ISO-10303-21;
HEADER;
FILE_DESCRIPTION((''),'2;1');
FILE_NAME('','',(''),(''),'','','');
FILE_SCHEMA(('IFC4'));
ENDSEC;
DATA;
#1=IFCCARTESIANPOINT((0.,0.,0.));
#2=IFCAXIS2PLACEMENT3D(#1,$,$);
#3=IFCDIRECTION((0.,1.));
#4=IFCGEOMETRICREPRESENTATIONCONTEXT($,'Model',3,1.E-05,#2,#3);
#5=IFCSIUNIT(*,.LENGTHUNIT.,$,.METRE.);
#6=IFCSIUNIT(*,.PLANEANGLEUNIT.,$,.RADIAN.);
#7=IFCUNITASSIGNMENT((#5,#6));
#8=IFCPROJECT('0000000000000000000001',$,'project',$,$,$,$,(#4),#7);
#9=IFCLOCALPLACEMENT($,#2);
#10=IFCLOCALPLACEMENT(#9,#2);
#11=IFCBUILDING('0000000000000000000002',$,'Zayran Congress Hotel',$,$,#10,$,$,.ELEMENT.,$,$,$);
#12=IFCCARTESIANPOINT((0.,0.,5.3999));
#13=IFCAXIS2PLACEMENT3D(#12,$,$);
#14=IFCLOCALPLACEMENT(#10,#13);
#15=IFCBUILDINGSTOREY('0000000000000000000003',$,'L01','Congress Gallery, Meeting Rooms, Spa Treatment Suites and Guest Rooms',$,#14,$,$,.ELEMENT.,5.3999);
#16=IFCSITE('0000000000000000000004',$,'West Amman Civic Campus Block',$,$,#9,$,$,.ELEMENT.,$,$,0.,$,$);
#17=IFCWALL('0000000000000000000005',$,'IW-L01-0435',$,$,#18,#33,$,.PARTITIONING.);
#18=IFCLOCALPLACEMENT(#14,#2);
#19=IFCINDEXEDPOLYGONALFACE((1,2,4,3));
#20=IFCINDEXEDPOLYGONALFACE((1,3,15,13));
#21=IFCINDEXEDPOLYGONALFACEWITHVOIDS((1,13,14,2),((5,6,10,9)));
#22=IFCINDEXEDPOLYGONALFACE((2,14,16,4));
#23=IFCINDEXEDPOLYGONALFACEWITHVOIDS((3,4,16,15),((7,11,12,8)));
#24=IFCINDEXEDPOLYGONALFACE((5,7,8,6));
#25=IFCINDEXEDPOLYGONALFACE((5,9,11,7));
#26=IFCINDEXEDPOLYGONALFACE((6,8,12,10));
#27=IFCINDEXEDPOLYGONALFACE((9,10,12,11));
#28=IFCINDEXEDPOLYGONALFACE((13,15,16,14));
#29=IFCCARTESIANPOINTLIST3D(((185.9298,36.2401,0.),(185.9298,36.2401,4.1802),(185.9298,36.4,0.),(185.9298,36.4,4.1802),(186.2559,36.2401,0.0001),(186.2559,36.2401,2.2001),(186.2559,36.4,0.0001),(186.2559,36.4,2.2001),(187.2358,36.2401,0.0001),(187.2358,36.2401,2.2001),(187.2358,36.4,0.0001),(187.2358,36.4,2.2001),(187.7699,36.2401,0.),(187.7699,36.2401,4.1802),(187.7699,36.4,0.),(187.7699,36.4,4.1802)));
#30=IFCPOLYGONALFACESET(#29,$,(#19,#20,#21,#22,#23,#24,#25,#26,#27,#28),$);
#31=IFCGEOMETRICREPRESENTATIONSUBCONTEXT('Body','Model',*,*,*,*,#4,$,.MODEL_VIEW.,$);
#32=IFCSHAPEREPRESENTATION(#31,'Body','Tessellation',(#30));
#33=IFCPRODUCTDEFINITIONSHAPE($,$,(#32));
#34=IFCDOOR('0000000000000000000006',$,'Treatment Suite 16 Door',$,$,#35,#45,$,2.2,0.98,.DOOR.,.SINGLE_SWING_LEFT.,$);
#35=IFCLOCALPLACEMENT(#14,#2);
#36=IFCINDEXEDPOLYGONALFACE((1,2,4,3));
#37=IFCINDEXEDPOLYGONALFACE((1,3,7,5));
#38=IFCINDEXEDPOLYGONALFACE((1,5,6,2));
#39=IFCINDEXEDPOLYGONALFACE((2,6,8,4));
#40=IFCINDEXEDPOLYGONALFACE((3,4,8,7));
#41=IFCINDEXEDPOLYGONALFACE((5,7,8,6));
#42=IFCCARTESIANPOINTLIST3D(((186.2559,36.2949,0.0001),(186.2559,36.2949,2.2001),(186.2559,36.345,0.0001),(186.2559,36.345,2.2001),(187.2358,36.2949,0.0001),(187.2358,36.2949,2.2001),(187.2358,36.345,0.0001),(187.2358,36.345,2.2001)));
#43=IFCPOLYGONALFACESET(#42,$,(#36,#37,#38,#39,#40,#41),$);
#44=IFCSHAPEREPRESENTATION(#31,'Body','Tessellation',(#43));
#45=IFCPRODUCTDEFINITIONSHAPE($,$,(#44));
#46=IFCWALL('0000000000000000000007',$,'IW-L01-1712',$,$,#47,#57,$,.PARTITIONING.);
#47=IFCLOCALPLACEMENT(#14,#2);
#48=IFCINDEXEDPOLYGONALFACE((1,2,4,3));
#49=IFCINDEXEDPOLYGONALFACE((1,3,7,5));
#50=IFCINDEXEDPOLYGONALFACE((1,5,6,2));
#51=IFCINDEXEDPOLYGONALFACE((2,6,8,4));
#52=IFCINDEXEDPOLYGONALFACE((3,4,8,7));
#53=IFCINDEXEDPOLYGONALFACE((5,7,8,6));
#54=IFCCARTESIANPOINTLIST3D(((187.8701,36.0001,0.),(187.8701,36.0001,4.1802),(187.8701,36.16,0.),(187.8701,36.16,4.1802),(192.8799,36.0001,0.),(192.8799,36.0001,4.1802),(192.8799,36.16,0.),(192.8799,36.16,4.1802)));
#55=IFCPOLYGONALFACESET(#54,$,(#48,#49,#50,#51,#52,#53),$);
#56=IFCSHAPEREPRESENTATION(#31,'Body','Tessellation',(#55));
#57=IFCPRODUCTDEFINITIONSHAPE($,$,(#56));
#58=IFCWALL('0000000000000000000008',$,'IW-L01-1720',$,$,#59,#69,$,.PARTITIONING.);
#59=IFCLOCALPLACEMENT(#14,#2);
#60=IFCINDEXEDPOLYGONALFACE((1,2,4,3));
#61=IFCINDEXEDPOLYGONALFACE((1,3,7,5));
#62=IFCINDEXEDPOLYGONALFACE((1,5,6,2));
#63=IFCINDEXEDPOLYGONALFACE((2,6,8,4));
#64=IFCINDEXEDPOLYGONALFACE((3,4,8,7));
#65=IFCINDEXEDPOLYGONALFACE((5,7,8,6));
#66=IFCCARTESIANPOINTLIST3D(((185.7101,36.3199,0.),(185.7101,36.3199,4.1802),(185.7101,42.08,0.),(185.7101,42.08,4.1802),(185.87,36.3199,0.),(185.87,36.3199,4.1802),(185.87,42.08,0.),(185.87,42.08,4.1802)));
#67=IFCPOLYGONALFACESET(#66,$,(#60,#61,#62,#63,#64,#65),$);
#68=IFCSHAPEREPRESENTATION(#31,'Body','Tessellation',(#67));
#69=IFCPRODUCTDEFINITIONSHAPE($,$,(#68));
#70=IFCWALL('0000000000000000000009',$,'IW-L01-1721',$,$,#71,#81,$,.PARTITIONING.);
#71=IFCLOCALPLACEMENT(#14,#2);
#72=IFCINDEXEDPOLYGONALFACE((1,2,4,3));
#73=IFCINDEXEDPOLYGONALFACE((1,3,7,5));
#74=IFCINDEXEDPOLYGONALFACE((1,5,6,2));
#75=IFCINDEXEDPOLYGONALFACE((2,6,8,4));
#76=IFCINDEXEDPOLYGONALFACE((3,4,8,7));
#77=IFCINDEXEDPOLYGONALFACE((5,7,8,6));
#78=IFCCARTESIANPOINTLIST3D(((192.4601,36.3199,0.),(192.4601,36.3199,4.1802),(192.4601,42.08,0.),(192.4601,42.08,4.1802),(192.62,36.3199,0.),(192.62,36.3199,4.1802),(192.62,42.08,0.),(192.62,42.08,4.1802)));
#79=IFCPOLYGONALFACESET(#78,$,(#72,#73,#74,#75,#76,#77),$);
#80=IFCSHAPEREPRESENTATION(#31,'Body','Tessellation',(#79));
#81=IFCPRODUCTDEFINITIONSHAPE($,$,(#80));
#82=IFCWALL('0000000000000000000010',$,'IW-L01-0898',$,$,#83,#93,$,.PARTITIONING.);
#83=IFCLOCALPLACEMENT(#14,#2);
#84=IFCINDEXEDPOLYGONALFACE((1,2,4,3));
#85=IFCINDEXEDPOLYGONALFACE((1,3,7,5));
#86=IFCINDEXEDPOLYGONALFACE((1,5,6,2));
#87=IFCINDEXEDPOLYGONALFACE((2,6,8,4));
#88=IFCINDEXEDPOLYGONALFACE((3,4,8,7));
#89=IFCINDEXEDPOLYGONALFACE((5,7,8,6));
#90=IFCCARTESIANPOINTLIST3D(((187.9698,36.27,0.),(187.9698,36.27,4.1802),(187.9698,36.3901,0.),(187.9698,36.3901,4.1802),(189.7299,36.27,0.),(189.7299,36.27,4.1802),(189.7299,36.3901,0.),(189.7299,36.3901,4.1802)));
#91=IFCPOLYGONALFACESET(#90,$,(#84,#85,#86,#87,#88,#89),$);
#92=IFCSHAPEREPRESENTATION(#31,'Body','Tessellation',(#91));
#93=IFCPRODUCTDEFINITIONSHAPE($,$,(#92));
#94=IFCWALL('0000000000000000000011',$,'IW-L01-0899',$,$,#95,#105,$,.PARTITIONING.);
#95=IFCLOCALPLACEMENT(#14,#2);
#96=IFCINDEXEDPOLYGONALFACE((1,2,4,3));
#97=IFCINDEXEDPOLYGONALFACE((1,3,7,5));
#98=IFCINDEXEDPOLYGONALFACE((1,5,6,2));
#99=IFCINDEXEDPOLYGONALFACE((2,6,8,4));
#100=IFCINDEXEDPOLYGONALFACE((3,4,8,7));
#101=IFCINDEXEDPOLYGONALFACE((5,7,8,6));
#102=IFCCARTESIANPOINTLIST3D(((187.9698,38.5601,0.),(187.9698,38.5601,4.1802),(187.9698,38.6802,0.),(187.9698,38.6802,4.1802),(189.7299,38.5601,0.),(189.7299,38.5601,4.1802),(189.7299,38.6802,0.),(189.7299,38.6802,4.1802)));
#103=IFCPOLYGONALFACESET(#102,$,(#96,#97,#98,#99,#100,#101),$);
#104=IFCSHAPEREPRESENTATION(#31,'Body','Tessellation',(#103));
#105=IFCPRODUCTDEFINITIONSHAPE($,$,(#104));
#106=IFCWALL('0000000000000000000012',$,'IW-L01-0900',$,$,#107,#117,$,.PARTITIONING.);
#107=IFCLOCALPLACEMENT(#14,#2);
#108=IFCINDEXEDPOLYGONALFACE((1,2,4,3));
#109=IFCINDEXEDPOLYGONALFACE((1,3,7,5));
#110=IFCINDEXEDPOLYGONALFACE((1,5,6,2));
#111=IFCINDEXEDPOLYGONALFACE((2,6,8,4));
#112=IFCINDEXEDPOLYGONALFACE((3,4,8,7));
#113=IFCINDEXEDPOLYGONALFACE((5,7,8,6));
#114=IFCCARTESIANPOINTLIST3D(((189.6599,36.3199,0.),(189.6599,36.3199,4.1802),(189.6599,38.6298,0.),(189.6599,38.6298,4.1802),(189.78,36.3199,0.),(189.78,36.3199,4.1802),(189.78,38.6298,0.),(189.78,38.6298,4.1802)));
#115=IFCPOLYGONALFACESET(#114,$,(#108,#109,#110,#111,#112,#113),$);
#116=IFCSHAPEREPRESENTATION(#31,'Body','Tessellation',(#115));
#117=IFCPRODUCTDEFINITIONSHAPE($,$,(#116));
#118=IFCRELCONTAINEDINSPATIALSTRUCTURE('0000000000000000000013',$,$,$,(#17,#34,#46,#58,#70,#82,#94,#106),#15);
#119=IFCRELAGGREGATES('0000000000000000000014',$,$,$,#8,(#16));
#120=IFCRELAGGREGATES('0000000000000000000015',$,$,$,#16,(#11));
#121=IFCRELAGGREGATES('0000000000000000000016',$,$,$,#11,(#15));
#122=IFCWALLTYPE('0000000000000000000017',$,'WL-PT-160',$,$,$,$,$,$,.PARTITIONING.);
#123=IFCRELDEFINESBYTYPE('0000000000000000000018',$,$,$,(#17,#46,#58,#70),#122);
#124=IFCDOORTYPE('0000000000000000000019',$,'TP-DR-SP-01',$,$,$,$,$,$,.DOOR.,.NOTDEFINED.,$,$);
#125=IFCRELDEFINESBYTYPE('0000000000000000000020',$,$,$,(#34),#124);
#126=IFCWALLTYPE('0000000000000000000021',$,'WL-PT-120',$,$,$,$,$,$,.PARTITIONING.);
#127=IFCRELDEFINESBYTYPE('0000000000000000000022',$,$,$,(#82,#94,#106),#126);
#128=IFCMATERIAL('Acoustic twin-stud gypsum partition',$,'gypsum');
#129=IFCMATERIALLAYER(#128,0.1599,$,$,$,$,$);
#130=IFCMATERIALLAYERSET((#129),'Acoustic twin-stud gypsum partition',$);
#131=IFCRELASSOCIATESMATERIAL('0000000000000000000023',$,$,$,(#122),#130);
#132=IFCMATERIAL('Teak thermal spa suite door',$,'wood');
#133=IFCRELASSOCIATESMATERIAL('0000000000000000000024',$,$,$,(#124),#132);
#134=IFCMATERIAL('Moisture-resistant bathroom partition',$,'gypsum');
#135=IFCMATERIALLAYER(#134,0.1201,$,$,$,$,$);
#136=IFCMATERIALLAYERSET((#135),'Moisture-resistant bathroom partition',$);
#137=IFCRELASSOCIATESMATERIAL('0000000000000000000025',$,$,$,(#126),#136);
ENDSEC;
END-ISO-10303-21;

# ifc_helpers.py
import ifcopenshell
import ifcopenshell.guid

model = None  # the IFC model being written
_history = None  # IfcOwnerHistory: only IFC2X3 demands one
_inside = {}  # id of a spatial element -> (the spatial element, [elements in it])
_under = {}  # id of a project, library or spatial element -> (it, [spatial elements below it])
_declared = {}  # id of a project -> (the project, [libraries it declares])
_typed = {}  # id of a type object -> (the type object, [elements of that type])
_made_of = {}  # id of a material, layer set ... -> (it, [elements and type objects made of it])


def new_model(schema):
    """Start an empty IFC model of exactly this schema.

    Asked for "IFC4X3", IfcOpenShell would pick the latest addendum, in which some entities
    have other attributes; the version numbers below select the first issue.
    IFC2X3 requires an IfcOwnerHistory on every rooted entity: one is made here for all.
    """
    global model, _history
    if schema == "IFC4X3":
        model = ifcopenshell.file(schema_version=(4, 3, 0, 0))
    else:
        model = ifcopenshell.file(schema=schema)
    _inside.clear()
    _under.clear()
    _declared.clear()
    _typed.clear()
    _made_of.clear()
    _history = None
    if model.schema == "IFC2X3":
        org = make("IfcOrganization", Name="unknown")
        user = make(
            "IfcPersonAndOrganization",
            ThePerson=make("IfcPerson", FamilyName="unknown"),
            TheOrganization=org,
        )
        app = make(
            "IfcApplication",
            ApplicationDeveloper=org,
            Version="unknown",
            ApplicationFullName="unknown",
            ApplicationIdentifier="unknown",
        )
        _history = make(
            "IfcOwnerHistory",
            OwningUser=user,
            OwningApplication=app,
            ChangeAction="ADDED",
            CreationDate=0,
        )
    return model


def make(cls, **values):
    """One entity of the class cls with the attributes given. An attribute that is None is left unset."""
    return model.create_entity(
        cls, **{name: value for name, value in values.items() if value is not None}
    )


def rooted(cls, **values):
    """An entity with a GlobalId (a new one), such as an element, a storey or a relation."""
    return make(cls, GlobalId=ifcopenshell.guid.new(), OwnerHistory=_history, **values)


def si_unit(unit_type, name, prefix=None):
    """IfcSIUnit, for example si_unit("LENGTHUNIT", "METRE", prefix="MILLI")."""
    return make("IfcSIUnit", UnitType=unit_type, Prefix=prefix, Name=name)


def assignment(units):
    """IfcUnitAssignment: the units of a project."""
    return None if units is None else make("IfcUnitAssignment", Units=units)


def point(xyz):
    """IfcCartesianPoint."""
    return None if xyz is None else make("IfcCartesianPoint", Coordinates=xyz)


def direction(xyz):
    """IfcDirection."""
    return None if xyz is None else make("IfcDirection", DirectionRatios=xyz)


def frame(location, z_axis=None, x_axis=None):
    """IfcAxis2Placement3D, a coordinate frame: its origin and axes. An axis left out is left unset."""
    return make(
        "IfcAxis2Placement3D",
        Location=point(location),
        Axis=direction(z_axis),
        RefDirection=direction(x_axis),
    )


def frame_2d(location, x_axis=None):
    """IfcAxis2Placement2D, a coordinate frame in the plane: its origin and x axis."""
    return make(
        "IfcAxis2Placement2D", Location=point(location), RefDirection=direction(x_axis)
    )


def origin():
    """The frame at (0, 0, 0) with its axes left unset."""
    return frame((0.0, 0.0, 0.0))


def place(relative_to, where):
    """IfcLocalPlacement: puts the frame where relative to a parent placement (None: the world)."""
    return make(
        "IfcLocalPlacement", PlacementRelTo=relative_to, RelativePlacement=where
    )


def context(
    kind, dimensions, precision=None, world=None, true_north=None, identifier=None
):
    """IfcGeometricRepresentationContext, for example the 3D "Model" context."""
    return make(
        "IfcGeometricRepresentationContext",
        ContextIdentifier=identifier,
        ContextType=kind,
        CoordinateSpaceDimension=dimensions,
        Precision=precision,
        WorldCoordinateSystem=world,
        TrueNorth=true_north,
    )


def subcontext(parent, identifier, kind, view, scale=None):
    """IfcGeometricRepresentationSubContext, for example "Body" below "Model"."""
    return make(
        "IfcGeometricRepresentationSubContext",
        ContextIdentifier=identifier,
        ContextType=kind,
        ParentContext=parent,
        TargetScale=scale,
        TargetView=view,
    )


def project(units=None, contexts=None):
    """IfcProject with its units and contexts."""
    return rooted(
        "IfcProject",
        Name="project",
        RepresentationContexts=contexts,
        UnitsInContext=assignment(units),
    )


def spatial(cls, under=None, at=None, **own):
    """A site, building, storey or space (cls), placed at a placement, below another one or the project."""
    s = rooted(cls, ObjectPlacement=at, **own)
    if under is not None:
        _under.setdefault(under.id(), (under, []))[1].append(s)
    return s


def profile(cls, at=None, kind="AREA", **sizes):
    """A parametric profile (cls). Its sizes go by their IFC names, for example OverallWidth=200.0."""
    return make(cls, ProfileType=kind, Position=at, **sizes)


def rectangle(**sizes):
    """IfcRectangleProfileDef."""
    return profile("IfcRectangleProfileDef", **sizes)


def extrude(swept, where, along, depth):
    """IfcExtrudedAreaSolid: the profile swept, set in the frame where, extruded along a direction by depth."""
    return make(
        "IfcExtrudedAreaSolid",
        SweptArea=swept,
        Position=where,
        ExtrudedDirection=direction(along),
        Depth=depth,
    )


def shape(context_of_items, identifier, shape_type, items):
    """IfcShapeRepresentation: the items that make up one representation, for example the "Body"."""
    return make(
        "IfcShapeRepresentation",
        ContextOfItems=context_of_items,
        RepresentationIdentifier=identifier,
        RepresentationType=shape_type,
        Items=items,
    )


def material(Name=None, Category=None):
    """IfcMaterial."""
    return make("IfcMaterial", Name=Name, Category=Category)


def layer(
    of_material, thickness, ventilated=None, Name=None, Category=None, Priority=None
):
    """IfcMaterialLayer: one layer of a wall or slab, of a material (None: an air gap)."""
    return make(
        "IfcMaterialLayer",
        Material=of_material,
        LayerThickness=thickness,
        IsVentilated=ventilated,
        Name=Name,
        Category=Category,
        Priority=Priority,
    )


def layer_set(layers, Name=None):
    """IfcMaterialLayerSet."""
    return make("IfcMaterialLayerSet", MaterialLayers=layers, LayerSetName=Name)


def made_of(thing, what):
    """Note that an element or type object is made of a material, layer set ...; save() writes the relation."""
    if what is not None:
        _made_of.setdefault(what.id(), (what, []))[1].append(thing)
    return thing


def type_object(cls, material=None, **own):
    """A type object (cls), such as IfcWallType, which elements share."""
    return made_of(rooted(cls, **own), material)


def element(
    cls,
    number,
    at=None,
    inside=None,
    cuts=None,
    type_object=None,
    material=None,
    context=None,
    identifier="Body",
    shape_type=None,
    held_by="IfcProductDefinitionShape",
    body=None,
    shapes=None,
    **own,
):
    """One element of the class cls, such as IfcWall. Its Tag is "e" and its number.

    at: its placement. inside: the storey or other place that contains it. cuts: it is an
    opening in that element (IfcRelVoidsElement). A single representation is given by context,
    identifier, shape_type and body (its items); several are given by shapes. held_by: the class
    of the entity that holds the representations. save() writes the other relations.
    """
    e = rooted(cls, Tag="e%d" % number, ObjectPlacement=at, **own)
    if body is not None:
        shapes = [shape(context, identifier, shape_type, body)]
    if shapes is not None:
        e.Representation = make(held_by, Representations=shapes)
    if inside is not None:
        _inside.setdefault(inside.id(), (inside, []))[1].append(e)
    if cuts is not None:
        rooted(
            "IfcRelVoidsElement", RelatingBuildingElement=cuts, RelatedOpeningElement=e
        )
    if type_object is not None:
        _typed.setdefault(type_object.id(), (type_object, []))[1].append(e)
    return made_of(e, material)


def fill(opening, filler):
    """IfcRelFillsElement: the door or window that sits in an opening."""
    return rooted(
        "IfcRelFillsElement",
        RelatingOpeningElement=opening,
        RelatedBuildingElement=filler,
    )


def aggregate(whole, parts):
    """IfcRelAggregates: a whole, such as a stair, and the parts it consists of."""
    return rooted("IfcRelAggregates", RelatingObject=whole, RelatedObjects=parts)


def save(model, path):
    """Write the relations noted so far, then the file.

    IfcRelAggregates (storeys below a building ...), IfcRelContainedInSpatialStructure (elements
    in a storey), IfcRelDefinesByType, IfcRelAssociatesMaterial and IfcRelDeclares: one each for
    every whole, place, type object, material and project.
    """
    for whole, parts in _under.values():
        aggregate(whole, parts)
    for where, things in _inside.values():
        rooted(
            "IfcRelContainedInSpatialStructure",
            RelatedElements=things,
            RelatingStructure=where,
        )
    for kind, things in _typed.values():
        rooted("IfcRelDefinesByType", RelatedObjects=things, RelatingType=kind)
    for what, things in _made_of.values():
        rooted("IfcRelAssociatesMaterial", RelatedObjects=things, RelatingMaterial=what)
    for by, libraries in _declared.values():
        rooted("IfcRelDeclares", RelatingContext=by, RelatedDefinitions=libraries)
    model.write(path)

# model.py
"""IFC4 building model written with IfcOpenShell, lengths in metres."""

from ifc_helpers import new_model, si_unit, direction, frame, frame_2d, origin, place, context, subcontext, project, spatial, rectangle, extrude, material, layer, layer_set, type_object, element, fill, save


model = new_model("IFC4")

# Units and contexts
model_context = context("Model", 3, precision=1e-05, world=origin(), true_north=direction((0.0, 1.0)))
body_context = subcontext(model_context, "Body", "Model", "MODEL_VIEW")
ifc_project = project(units=[si_unit("LENGTHUNIT", "METRE"), si_unit("PLANEANGLEUNIT", "RADIAN")], contexts=[model_context])

# Site, building, storey
site_placement = place(None, origin())
site = spatial("IfcSite", under=ifc_project, at=site_placement, Name="West Amman Civic Campus Block", CompositionType="ELEMENT", RefElevation=0.0)
building_placement = place(site_placement, origin())
building = spatial("IfcBuilding", under=site, at=building_placement, Name="Zayran Congress Hotel", CompositionType="ELEMENT")
storey_placement = place(building_placement, frame((0.0, 0.0, 5.3999)))
storey = spatial("IfcBuildingStorey", under=building, at=storey_placement, Name="L01", Description="Congress Gallery, Meeting Rooms, Spa Treatment Suites and Guest Rooms", CompositionType="ELEMENT", Elevation=5.3999)

# Wall, opening, door
ifc_material_1 = material(Name="Acoustic twin-stud gypsum partition", Category="gypsum")
ifc_layer_1 = layer(ifc_material_1, 0.1599)
ifc_layer_set_1 = layer_set([ifc_layer_1], Name="Acoustic twin-stud gypsum partition")
wall_type_1 = type_object("IfcWallType", Name="WL-PT-160", PredefinedType="PARTITIONING", material=ifc_layer_set_1)
wall_1_placement = place(storey_placement, frame((185.9299, 36.3201, 0.0), z_axis=(0.0, 0.0, 1.0), x_axis=(1.0, 0.0, 0.0)))
wall_1 = element("IfcWall", 1, at=wall_1_placement, inside=storey, type_object=wall_type_1, Name="IW-L01-0435", PredefinedType="PARTITIONING", context=body_context, shape_type="SweptSolid", body=[
    extrude(rectangle(XDim=1.8401, YDim=0.1599, at=frame_2d((0.9199, 0.0))), origin(), (0.0, 0.0, 1.0), 4.1802),
])
opening_1_placement = place(wall_1_placement, frame((0.3259, 0.0, 0.0)))
opening_1 = element("IfcOpeningElement", 2, at=opening_1_placement, cuts=wall_1, PredefinedType="OPENING", context=body_context, shape_type="SweptSolid", body=[
    extrude(rectangle(XDim=0.98, YDim=2.2, at=frame_2d((0.49, 1.1001))), frame((0.0, 0.0898, 0.0), z_axis=(0.0, -1.0, 0.0), x_axis=(1.0, 0.0, 0.0)), (0.0, 0.0, 1.0), 0.1799),
])
ifc_material_2 = material(Name="Teak thermal spa suite door", Category="wood")
door_type_1 = type_object("IfcDoorType", Name="TP-DR-SP-01", OperationType="NOTDEFINED", PredefinedType="DOOR", material=ifc_material_2)
door_1_placement = place(opening_1_placement, origin())
door_1 = element("IfcDoor", 3, at=door_1_placement, inside=storey, type_object=door_type_1, Name="Treatment Suite 16 Door", OperationType="SINGLE_SWING_LEFT", OverallHeight=2.2, OverallWidth=0.98, PredefinedType="DOOR", context=body_context, shape_type="SweptSolid", body=[
    extrude(rectangle(XDim=0.98, YDim=2.2, at=frame_2d((0.49, 1.1001))), frame((0.0, 0.0249, 0.0), z_axis=(0.0, -1.0, 0.0), x_axis=(1.0, 0.0, 0.0)), (0.0, 0.0, 1.0), 0.05),
])
fill(opening_1, door_1)

# Walls
wall_2_placement = place(storey_placement, frame((187.8701, 36.0801, 0.0), z_axis=(0.0, 0.0, 1.0), x_axis=(1.0, 0.0, 0.0)))
element("IfcWall", 4, at=wall_2_placement, inside=storey, type_object=wall_type_1, Name="IW-L01-1712", PredefinedType="PARTITIONING", context=body_context, shape_type="SweptSolid", body=[
    extrude(rectangle(XDim=5.0098, YDim=0.1599, at=frame_2d((2.5049, 0.0))), origin(), (0.0, 0.0, 1.0), 4.1802),
])
for number, where, z_axis, x_axis, name in (
    (5, (185.79, 36.3201, 0.0), (0.0, 0.0, 1.0), (0.0, 1.0, 0.0), "IW-L01-1720"),
    (6, (192.54, 36.3201, 0.0), (0.0, 0.0, 1.0), (0.0, 1.0, 0.0), "IW-L01-1721"),
):
    element("IfcWall", number, at=place(storey_placement, frame(where, z_axis=z_axis, x_axis=x_axis)), inside=storey, type_object=wall_type_1, Name=name, PredefinedType="PARTITIONING", context=body_context, shape_type="SweptSolid", body=[
        extrude(rectangle(XDim=5.76, YDim=0.1599, at=frame_2d((2.8799, 0.0))), origin(), (0.0, 0.0, 1.0), 4.1802),
    ])

# Shared definitions
ifc_material_3 = material(Name="Moisture-resistant bathroom partition", Category="gypsum")
ifc_layer_2 = layer(ifc_material_3, 0.1201)
ifc_layer_set_2 = layer_set([ifc_layer_2], Name="Moisture-resistant bathroom partition")
wall_type_2 = type_object("IfcWallType", Name="WL-PT-120", PredefinedType="PARTITIONING", material=ifc_layer_set_2)

# Walls
for number, where, z_axis, x_axis, name in (
    (7, (187.97, 36.3301, 0.0), (0.0, 0.0, 1.0), (1.0, 0.0, 0.0), "IW-L01-0898"),
    (8, (187.97, 38.6201, 0.0), (0.0, 0.0, 1.0), (1.0, 0.0, 0.0), "IW-L01-0899"),
):
    element("IfcWall", number, at=place(storey_placement, frame(where, z_axis=z_axis, x_axis=x_axis)), inside=storey, type_object=wall_type_2, Name=name, PredefinedType="PARTITIONING", context=body_context, shape_type="SweptSolid", body=[
        extrude(rectangle(XDim=1.76, YDim=0.1201, at=frame_2d((0.8799, 0.0))), origin(), (0.0, 0.0, 1.0), 4.1802),
    ])
wall_3_placement = place(storey_placement, frame((189.72, 36.3201, 0.0), z_axis=(0.0, 0.0, 1.0), x_axis=(0.0, 1.0, 0.0)))
element("IfcWall", 9, at=wall_3_placement, inside=storey, type_object=wall_type_2, Name="IW-L01-0900", PredefinedType="PARTITIONING", context=body_context, shape_type="SweptSolid", body=[
    extrude(rectangle(XDim=2.3098, YDim=0.1201, at=frame_2d((1.1548, 0.0))), origin(), (0.0, 0.0, 1.0), 4.1802),
])

save(model, "model.ifc")
